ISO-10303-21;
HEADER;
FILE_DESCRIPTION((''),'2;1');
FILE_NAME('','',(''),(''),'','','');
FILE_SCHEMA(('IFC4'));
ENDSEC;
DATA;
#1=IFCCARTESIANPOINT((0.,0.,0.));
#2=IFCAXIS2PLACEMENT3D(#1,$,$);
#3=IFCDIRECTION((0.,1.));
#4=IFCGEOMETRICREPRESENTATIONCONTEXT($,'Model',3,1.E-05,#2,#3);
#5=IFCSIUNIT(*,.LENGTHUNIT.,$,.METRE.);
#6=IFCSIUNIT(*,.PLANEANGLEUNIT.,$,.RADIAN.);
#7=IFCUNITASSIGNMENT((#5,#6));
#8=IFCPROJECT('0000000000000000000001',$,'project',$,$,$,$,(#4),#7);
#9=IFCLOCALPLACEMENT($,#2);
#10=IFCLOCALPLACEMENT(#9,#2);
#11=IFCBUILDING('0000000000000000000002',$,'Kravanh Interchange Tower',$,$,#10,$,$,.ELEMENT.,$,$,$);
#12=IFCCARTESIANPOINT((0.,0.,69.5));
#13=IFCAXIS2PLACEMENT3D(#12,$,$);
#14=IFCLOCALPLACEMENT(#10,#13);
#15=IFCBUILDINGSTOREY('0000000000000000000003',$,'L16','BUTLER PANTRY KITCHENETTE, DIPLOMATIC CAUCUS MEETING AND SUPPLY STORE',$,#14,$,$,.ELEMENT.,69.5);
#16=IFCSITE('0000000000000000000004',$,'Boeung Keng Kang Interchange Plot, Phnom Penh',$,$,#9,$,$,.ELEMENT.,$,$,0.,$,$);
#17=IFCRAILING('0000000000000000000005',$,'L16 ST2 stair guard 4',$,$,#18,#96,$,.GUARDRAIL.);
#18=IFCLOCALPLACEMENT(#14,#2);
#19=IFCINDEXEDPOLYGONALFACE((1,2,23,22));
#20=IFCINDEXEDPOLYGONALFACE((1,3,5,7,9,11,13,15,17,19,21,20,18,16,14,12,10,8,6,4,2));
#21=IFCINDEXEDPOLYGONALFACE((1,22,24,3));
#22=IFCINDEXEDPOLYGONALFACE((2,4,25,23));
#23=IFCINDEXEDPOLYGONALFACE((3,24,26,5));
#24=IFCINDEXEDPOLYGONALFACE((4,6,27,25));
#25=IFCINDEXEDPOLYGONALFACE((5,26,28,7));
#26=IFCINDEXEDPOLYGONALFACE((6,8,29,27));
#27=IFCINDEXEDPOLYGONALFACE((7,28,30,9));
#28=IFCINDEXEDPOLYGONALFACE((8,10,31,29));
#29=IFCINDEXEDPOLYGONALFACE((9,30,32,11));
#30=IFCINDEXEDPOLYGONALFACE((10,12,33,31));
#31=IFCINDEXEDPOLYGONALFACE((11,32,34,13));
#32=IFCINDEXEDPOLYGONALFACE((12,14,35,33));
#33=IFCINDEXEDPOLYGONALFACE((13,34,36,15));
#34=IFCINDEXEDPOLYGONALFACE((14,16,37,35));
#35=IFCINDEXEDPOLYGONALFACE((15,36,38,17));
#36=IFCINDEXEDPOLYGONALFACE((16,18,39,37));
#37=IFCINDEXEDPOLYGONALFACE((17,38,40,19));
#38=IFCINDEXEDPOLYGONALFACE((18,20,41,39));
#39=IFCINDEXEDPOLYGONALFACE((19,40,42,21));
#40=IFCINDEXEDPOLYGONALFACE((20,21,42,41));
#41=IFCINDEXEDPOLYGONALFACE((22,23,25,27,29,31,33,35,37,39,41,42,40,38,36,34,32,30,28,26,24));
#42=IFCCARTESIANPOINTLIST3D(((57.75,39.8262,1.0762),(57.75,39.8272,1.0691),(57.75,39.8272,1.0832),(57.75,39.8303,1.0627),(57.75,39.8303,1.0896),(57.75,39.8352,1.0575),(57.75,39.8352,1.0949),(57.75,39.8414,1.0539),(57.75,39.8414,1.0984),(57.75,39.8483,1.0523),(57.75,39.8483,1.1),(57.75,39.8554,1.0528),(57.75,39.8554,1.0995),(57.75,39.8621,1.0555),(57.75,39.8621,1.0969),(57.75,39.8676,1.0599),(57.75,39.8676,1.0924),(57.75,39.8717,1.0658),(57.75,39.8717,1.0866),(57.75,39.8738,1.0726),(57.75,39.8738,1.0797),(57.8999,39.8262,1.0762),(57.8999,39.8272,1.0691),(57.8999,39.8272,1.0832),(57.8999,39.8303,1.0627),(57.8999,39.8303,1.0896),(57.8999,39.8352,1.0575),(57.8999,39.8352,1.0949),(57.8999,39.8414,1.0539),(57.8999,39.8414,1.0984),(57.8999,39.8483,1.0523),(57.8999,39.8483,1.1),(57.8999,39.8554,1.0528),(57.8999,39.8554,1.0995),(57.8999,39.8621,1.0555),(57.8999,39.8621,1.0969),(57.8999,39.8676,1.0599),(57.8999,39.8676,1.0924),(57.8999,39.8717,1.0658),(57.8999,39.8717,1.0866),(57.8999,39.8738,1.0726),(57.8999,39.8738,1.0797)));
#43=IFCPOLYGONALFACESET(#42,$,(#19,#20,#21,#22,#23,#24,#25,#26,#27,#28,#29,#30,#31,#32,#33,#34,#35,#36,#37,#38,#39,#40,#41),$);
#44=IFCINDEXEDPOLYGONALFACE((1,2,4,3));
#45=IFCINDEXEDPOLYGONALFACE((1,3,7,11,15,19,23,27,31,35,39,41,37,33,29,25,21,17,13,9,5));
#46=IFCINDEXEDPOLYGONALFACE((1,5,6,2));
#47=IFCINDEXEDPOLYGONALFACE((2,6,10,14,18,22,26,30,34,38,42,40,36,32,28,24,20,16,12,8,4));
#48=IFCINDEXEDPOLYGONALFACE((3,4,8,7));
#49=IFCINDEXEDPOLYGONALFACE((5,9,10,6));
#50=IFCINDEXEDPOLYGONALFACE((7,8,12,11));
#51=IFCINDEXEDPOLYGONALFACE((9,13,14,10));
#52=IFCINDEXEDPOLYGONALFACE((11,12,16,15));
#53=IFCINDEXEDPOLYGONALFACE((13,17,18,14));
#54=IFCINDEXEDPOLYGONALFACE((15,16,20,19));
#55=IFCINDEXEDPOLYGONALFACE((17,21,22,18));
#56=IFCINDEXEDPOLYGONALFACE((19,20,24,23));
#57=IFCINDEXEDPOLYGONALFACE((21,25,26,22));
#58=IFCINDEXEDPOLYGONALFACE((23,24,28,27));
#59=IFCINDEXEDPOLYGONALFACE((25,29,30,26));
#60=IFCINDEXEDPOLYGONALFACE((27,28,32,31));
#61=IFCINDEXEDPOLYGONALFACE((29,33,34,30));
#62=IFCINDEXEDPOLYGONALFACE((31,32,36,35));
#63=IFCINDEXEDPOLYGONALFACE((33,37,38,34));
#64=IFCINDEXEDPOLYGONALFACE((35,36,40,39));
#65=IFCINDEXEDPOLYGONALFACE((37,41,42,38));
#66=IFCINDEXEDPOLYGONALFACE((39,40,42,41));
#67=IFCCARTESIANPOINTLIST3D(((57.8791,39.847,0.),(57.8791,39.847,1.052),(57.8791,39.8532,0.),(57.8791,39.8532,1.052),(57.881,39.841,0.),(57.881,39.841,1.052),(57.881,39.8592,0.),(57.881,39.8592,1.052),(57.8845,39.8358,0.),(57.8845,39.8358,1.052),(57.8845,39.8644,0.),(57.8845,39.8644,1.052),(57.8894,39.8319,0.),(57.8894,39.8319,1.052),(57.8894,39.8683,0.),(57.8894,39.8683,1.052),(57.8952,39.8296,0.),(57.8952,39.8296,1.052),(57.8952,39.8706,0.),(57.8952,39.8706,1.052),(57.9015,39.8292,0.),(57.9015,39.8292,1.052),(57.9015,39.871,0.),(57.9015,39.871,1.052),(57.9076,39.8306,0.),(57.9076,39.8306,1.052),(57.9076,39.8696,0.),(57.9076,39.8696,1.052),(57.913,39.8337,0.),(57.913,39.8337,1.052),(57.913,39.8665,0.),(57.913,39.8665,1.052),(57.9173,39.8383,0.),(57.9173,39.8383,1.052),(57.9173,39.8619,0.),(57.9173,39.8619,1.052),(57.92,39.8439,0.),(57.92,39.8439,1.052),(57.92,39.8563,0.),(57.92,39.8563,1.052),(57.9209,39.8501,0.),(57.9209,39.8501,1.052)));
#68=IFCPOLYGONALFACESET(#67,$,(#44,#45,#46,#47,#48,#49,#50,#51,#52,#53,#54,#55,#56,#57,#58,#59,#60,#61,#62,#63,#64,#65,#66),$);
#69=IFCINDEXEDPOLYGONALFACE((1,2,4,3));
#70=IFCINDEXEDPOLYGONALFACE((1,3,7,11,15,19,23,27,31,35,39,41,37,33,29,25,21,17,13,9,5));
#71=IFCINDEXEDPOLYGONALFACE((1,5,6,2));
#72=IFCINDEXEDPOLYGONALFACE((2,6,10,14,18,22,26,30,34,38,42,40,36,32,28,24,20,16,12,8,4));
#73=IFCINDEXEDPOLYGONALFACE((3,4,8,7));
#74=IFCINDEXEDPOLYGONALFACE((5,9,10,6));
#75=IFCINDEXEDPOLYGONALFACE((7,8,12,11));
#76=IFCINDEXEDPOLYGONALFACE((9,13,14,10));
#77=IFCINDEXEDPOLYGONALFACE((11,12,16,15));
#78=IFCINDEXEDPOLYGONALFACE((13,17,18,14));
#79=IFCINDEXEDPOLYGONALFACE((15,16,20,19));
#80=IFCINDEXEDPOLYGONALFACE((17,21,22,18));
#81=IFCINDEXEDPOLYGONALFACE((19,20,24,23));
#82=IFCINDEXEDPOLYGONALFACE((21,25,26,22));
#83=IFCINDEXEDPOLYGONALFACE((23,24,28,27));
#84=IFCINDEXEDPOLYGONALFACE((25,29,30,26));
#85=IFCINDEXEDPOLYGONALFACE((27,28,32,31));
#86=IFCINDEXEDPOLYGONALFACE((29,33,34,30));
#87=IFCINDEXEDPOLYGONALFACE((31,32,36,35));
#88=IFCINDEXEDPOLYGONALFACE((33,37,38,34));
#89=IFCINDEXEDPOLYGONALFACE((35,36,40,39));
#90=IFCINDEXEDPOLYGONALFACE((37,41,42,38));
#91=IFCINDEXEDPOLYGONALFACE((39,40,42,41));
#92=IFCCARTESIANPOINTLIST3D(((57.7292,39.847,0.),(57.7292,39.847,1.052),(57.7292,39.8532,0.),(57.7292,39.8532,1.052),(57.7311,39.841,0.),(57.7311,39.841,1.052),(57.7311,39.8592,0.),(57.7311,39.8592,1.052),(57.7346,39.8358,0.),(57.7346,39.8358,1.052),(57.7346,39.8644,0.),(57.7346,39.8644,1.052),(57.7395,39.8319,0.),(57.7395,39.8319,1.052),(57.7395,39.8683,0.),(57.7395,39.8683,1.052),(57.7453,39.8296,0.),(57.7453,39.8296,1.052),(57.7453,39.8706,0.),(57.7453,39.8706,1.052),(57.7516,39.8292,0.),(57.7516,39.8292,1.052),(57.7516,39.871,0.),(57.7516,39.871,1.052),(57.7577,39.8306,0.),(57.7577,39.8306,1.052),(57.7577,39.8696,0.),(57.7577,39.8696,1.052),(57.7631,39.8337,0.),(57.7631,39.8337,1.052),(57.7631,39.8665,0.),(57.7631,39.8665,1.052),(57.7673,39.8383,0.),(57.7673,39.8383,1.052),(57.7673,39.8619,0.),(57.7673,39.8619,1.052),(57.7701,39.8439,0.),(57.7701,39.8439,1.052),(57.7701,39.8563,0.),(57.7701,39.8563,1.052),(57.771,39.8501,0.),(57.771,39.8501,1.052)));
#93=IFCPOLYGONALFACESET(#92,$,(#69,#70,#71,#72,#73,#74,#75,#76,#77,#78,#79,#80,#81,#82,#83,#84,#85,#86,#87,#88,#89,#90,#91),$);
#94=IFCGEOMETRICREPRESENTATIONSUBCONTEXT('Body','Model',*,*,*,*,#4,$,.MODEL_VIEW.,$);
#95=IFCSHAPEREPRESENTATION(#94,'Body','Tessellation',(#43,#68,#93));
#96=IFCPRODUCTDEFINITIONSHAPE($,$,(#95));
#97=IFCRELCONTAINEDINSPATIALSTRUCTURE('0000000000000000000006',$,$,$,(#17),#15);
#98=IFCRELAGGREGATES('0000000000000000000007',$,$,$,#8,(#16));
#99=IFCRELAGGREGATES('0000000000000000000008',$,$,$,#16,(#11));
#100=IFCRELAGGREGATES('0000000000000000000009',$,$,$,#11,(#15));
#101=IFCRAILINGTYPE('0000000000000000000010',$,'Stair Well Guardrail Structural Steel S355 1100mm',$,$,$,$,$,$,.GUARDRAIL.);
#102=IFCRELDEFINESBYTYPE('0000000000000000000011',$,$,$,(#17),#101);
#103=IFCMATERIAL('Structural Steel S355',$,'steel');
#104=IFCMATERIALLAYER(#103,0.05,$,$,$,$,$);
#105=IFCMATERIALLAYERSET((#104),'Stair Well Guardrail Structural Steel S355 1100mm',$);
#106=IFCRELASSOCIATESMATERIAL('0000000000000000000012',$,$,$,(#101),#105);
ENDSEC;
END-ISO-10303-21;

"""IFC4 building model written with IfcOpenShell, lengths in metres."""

from ifc_helpers import new_model, si_unit, direction, frame, origin, origin_2d, place, context, subcontext, project, spatial, circle, extrude, material, layer, layer_set, type_object, element, save


model = new_model("IFC4")

# Units and contexts
model_context = context("Model", 3, precision=1e-05, world=origin(), true_north=direction((0.0, 1.0)))
body_context = subcontext(model_context, "Body", "Model", "MODEL_VIEW")
ifc_project = project(units=[si_unit("LENGTHUNIT", "METRE"), si_unit("PLANEANGLEUNIT", "RADIAN")], contexts=[model_context])

# Site, building, storey
site_placement = place(None, origin())
site = spatial("IfcSite", under=ifc_project, at=site_placement, Name="Boeung Keng Kang Interchange Plot, Phnom Penh", CompositionType="ELEMENT", RefElevation=0.0)
building_placement = place(site_placement, origin())
building = spatial("IfcBuilding", under=site, at=building_placement, Name="Kravanh Interchange Tower", CompositionType="ELEMENT")
storey_placement = place(building_placement, frame((0.0, 0.0, 69.5)))
storey = spatial("IfcBuildingStorey", under=building, at=storey_placement, Name="L16", Description="BUTLER PANTRY KITCHENETTE, DIPLOMATIC CAUCUS MEETING AND SUPPLY STORE", CompositionType="ELEMENT", Elevation=69.5)

# Railing
ifc_material_1 = material(Name="Structural Steel S355", Category="steel")
ifc_layer_1 = layer(ifc_material_1, 0.05)
ifc_layer_set_1 = layer_set([ifc_layer_1], Name="Stair Well Guardrail Structural Steel S355 1100mm")
railing_type_1 = type_object("IfcRailingType", Name="Stair Well Guardrail Structural Steel S355 1100mm", PredefinedType="GUARDRAIL", material=ifc_layer_set_1)
railing_1_placement = place(storey_placement, frame((57.8999, 39.8501, 0.0)))
element("IfcRailing", 1, at=railing_1_placement, inside=storey, type_object=railing_type_1, Name="L16 ST2 stair guard 4", PredefinedType="GUARDRAIL", context=body_context, shape_type="SweptSolid", body=[
    extrude(circle(Radius=0.0239, at=origin_2d()), frame((0.0, 0.0, 1.0762), z_axis=(-1.0, 0.0, 0.0), x_axis=(0.0, -1.0, 0.0)), (0.0, 0.0, 1.0), 0.1499),
    extrude(circle(Radius=0.021, at=origin_2d()), origin(), (0.0, 0.0, 1.0), 1.052),
    extrude(circle(Radius=0.021, at=origin_2d()), frame((-0.1499, 0.0, 0.0)), (0.0, 0.0, 1.0), 1.052),
])

save(model, "model.ifc")
